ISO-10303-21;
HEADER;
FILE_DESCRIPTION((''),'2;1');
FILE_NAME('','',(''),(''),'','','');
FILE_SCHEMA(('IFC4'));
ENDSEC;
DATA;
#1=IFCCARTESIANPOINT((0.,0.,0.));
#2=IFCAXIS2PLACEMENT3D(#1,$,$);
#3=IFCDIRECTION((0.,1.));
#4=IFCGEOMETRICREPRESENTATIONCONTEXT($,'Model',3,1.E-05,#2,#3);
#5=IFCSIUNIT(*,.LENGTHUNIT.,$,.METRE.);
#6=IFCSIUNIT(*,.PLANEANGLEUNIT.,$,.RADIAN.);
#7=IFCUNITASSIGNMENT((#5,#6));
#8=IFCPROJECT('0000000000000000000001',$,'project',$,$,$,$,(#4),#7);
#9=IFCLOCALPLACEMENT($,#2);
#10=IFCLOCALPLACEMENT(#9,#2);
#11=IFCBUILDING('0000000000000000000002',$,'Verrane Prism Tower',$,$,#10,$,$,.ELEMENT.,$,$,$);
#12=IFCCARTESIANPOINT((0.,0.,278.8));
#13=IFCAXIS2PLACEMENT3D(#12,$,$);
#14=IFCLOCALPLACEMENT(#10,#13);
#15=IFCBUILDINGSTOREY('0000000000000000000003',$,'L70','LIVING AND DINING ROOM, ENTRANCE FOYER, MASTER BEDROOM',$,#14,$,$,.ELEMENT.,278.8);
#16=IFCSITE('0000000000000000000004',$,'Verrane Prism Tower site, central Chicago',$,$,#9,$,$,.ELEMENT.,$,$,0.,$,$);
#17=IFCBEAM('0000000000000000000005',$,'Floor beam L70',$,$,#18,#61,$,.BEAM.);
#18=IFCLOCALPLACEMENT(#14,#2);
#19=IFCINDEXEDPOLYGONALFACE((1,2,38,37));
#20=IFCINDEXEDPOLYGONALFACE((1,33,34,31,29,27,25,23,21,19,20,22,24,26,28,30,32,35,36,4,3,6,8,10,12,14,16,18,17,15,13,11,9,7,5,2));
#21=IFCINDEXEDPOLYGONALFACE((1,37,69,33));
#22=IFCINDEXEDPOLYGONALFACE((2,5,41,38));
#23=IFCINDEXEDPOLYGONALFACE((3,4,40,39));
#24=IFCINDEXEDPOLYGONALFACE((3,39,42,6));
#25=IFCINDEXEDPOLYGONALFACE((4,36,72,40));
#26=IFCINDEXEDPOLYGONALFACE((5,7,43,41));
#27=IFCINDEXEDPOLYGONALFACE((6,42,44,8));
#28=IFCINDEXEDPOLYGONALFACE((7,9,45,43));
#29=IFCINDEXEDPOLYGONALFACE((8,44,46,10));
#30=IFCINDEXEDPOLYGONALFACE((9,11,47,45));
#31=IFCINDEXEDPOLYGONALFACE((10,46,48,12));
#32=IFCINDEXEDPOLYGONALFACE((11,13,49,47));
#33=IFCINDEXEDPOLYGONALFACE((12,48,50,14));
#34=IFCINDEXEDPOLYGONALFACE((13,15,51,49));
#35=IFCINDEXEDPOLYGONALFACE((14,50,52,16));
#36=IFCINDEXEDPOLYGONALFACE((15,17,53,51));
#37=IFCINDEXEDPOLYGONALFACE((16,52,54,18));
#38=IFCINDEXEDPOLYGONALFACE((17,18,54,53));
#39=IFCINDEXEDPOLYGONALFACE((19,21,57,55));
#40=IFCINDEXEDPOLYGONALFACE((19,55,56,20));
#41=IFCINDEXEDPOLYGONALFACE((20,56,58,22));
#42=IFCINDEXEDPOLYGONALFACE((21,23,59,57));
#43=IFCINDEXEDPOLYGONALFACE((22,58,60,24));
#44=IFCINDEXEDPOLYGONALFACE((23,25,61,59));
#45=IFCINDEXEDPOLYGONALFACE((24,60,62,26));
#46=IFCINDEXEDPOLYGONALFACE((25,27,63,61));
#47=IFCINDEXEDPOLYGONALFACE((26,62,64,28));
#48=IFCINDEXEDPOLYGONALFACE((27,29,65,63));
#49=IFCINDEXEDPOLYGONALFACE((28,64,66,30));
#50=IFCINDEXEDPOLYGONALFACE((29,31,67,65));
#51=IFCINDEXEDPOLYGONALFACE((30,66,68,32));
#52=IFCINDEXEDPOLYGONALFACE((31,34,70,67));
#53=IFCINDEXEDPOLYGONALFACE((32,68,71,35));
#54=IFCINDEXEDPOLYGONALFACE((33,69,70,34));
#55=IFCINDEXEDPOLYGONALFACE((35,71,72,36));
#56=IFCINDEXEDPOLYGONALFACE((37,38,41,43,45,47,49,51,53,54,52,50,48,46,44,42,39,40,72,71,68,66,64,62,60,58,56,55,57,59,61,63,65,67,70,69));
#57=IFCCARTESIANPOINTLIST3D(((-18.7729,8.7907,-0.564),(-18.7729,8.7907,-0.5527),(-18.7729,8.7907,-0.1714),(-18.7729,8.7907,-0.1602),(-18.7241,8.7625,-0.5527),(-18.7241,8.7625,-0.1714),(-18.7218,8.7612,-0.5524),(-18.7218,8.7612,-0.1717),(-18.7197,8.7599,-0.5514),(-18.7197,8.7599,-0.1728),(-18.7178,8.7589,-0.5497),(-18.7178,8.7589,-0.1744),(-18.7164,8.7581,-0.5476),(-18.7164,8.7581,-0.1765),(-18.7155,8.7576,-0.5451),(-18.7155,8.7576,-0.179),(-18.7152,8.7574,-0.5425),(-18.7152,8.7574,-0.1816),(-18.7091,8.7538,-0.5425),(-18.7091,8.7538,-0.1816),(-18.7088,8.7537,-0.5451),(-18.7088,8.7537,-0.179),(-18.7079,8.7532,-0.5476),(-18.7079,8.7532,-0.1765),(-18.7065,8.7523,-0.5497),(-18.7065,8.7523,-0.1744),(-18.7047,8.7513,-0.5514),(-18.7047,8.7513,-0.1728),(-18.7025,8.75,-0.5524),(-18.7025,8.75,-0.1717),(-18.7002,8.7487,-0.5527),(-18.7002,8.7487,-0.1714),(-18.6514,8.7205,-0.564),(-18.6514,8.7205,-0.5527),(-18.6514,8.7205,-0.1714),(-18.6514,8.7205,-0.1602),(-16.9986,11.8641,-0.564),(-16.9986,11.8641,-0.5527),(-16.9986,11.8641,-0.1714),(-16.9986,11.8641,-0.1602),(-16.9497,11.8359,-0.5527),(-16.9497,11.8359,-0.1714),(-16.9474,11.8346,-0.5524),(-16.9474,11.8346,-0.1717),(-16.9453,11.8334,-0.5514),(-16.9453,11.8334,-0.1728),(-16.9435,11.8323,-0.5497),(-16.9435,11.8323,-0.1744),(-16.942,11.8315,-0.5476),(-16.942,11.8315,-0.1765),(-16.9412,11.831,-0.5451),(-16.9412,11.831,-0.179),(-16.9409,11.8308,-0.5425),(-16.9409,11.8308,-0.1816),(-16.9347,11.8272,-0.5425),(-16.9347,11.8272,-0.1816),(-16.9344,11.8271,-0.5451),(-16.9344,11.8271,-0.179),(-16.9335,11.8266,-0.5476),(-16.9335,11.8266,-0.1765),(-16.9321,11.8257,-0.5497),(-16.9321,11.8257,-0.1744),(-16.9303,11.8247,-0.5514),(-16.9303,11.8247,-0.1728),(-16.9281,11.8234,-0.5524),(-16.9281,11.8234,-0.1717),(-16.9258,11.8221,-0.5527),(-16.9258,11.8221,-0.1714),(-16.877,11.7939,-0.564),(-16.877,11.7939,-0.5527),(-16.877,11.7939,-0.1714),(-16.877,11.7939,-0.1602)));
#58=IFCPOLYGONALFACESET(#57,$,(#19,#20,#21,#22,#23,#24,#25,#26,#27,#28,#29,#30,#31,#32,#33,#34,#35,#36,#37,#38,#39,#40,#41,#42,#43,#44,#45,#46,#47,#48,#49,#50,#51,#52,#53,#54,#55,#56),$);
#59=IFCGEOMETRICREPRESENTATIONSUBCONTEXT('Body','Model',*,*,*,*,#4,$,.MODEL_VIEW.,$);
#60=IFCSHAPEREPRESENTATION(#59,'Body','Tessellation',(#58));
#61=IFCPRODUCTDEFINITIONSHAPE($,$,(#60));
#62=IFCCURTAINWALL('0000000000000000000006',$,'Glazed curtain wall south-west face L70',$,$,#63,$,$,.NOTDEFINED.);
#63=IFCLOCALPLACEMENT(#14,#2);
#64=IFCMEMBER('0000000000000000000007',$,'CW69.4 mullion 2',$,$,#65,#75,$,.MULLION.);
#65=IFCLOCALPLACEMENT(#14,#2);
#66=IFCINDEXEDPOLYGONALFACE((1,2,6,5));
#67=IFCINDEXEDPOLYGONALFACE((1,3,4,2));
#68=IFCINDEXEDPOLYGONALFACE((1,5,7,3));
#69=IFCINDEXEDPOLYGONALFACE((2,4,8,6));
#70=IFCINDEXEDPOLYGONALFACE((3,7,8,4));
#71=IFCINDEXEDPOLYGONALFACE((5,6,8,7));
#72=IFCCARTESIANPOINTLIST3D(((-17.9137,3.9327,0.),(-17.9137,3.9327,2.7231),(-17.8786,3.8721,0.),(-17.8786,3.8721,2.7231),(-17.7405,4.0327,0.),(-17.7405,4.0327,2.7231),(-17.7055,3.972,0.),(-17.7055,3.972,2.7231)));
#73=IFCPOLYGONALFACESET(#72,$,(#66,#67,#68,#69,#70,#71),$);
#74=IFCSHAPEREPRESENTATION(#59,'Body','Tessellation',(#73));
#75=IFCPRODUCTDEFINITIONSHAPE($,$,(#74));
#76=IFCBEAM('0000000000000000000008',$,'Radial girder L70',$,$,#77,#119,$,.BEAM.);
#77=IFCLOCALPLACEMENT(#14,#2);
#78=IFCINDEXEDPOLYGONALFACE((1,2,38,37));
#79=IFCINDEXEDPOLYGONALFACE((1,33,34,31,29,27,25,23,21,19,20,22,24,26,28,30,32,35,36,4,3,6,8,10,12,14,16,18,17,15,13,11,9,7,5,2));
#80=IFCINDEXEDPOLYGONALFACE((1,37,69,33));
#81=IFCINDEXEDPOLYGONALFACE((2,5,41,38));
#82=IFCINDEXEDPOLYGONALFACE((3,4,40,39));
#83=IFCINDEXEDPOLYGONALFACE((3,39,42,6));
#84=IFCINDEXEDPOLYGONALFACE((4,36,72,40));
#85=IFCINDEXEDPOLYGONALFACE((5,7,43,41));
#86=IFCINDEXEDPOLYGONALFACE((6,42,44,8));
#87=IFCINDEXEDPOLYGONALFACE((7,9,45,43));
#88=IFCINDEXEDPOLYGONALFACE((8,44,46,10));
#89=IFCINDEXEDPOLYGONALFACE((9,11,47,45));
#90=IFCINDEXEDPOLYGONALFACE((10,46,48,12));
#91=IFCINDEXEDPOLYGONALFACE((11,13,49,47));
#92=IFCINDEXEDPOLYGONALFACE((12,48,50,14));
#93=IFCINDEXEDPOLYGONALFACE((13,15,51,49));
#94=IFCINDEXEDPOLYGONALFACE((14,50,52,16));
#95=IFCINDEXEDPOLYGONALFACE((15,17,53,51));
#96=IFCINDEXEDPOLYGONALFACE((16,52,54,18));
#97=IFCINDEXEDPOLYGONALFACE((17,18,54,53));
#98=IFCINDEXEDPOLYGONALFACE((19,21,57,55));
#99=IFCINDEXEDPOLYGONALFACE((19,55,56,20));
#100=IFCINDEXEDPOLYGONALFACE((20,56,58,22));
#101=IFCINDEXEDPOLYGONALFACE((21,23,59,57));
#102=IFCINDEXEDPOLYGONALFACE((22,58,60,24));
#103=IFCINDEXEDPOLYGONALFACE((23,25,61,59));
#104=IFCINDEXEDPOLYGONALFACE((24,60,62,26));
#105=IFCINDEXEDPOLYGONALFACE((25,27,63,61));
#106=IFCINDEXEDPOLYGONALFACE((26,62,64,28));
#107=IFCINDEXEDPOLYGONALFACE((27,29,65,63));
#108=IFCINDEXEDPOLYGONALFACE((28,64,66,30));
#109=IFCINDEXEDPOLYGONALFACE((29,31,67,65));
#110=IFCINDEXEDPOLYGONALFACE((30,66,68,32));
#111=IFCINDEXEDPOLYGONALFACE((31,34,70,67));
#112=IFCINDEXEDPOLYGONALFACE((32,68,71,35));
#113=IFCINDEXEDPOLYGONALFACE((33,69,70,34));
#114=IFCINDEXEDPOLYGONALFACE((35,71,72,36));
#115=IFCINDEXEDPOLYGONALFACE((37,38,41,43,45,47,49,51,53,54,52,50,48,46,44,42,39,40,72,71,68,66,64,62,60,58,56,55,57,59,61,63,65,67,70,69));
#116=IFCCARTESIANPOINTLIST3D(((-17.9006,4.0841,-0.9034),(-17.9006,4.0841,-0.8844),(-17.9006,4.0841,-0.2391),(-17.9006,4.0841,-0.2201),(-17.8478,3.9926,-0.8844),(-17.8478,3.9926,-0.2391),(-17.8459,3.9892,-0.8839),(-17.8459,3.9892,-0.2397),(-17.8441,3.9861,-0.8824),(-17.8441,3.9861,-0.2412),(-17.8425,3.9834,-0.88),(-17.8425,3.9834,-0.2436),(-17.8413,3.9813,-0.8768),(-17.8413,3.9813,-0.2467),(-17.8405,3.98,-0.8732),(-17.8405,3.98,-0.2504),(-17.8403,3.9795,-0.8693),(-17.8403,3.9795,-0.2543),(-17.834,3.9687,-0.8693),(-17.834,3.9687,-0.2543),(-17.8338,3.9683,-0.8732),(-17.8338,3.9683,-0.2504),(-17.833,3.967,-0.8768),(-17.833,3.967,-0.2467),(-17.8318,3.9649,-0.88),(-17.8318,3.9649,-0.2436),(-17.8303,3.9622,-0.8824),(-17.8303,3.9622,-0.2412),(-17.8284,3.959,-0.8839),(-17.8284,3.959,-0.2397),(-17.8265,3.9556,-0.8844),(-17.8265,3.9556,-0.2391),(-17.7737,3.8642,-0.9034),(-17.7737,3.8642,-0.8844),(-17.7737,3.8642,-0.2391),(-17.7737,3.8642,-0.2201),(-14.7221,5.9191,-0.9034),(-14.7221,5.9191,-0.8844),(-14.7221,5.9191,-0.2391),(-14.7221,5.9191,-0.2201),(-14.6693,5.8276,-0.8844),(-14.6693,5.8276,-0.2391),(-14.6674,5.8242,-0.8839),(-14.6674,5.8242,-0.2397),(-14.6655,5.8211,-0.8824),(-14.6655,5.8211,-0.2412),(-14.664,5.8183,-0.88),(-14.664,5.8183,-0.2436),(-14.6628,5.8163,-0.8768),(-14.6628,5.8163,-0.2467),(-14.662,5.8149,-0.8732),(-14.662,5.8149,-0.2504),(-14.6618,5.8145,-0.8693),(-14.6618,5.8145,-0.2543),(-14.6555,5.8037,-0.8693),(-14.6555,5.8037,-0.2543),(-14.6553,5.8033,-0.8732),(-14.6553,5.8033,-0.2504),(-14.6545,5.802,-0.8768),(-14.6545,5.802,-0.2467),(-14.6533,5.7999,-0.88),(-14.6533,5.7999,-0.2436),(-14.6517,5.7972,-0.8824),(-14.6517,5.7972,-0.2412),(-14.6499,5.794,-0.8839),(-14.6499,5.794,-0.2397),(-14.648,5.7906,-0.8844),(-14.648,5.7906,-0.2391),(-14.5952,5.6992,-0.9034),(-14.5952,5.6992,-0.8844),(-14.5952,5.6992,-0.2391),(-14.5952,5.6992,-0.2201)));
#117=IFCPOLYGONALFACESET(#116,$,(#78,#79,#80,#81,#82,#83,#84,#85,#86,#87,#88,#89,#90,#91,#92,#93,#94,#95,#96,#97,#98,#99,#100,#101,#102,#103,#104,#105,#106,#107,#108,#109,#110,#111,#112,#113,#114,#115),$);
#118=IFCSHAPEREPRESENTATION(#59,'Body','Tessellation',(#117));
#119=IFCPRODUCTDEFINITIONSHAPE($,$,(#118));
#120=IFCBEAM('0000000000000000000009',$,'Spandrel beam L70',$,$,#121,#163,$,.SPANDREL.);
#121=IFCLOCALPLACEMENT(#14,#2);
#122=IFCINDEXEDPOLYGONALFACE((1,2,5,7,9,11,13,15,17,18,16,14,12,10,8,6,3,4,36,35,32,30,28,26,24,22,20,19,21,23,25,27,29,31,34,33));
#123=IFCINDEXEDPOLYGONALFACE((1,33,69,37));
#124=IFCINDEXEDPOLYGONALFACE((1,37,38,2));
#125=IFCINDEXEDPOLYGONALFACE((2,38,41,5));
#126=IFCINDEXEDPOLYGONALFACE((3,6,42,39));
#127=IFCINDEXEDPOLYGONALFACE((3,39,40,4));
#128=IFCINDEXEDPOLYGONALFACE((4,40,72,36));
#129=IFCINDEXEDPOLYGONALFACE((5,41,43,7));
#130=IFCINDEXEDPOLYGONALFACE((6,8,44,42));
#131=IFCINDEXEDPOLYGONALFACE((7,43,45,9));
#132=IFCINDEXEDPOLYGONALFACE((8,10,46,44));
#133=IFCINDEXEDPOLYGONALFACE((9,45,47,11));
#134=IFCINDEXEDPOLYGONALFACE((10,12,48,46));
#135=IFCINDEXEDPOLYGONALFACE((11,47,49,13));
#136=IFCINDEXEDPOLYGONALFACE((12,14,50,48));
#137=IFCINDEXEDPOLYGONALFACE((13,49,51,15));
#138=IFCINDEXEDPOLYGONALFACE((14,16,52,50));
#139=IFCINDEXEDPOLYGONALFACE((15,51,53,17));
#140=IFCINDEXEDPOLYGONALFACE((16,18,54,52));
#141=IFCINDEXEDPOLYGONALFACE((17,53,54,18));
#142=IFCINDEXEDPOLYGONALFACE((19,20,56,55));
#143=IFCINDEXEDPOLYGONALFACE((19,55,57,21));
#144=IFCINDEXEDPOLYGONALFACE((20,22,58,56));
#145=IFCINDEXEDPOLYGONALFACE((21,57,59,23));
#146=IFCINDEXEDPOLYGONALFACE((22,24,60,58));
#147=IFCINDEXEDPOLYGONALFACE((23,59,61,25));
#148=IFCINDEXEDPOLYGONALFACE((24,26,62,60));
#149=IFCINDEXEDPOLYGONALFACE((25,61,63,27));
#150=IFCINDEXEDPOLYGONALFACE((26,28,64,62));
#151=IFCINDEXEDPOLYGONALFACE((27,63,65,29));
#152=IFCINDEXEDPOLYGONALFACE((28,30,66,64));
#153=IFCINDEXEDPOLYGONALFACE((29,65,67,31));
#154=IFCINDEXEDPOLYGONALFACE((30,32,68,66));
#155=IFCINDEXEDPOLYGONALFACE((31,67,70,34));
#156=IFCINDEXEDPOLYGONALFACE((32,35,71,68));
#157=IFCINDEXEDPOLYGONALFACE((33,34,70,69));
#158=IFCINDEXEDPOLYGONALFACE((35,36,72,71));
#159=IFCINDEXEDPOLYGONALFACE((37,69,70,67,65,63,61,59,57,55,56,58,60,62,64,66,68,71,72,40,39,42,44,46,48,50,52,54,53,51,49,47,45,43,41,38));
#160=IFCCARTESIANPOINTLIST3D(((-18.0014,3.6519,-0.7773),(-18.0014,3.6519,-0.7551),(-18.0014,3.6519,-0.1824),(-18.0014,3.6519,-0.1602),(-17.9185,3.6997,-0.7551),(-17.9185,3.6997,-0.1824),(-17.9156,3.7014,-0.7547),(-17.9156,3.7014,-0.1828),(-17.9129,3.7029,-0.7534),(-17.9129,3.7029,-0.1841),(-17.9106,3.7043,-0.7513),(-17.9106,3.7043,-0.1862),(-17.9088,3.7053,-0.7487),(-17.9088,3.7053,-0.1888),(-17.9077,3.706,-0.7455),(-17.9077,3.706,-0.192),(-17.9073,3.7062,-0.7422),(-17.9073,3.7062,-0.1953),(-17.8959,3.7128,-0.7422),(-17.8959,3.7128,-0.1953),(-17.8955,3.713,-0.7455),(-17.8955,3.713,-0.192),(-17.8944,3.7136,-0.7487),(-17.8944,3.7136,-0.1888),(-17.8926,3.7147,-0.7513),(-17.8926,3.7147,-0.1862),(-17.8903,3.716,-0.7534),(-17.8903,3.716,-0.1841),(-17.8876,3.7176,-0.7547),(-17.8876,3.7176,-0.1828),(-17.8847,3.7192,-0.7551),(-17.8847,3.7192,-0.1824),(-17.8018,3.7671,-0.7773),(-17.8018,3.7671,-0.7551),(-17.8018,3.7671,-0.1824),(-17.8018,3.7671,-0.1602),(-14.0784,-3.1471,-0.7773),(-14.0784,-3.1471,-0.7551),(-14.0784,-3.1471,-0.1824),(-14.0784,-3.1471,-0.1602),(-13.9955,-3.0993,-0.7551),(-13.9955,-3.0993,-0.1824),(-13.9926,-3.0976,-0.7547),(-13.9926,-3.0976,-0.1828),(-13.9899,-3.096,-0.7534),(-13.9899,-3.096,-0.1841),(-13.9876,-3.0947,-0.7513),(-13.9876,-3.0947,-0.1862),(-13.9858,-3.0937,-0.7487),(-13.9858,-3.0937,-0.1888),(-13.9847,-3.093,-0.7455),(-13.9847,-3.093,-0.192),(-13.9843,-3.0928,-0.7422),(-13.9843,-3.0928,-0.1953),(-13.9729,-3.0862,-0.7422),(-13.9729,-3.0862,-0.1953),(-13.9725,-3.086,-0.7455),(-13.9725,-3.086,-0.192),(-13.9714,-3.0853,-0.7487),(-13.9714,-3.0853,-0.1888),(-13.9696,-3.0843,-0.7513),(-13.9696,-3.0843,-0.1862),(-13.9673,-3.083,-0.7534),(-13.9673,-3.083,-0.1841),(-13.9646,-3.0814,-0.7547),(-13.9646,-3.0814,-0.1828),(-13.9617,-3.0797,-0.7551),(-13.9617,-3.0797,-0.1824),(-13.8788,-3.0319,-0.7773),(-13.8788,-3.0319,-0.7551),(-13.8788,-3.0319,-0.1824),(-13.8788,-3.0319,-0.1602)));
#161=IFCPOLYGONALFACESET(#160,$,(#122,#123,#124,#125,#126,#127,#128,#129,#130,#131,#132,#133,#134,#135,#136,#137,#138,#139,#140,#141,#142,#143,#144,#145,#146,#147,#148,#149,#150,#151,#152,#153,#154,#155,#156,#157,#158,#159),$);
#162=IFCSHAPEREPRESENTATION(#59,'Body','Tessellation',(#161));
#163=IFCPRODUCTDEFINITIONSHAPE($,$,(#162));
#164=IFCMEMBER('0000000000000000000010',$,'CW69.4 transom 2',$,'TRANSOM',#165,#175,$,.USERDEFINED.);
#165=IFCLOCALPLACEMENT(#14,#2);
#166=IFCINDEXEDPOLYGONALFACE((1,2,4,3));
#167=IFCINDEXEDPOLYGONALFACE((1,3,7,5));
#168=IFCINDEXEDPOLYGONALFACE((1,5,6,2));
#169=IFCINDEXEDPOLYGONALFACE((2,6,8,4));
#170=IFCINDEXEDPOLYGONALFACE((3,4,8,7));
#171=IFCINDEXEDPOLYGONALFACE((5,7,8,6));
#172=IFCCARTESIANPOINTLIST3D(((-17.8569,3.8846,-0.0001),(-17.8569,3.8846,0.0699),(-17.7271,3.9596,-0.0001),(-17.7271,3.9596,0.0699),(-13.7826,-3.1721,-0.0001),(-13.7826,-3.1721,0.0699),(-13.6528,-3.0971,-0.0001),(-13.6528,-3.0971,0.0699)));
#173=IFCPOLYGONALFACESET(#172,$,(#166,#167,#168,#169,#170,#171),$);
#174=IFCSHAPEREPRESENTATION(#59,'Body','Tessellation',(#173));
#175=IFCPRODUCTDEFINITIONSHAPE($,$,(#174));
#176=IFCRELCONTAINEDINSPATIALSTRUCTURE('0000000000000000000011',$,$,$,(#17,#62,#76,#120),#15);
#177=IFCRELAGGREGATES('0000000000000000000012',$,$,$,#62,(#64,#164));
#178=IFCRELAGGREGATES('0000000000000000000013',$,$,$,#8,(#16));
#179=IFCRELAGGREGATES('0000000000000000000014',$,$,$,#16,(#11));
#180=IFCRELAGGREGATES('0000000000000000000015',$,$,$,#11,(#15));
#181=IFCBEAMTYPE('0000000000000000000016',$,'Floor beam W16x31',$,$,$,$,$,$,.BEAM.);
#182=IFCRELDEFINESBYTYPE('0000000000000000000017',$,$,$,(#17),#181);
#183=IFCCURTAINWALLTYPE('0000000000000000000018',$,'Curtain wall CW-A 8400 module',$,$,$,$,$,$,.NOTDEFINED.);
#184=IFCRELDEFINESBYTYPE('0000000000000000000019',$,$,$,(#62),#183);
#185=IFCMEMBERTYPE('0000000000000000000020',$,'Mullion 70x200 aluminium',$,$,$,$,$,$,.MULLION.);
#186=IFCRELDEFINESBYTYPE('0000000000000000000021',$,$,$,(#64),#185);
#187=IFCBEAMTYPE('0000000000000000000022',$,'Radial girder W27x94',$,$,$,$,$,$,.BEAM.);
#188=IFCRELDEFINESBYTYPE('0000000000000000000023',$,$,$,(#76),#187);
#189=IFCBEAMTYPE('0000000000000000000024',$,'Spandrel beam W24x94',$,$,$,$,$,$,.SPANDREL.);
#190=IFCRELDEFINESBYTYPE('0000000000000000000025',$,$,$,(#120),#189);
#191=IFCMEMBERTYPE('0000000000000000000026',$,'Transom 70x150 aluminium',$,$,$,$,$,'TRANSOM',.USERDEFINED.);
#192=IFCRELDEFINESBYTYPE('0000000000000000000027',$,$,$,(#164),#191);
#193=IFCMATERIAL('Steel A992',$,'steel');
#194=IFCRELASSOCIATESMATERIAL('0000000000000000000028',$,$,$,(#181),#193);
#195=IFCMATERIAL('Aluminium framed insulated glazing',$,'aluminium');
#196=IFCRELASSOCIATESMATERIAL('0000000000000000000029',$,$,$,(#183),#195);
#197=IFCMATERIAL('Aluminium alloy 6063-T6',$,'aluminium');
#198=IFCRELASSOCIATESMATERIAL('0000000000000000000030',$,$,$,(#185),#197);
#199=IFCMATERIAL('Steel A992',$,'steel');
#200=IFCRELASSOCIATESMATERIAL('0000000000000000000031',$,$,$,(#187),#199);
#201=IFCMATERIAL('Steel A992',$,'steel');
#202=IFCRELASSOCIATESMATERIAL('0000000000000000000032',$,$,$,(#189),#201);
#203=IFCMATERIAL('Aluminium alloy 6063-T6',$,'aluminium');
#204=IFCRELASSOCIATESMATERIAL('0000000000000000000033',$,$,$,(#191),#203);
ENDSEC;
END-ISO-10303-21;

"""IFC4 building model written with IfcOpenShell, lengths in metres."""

from ifc_helpers import new_model, si_unit, direction, frame, origin, origin_2d, place, context, subcontext, project, spatial, rectangle, i_section, extrude, material, material_profile, profile_set, type_object, element, aggregate, save


model = new_model("IFC4")

# Units and contexts
model_context = context("Model", 3, precision=1e-05, world=origin(), true_north=direction((0.0, 1.0)))
body_context = subcontext(model_context, "Body", "Model", "MODEL_VIEW")
ifc_project = project(units=[si_unit("LENGTHUNIT", "METRE"), si_unit("PLANEANGLEUNIT", "RADIAN")], contexts=[model_context])

# Site, building, storey
site_placement = place(None, origin())
site = spatial("IfcSite", under=ifc_project, at=site_placement, Name="Verrane Prism Tower site, central Chicago", CompositionType="ELEMENT", RefElevation=0.0)
building_placement = place(site_placement, origin())
building = spatial("IfcBuilding", under=site, at=building_placement, Name="Verrane Prism Tower", CompositionType="ELEMENT")
storey_placement = place(building_placement, frame((0.0, 0.0, 278.8)))
storey = spatial("IfcBuildingStorey", under=building, at=storey_placement, Name="L70", Description="LIVING AND DINING ROOM, ENTRANCE FOYER, MASTER BEDROOM", CompositionType="ELEMENT", Elevation=278.8)

# Beam
ifc_material_1 = material(Name="Steel A992", Category="steel")
ifc_material_profile_1 = material_profile(ifc_material_1, i_section(OverallWidth=0.1404, OverallDepth=0.4038, WebThickness=0.0071, FlangeThickness=0.0112, FilletRadius=0.0103, at=origin_2d()), Name="W16x31")
ifc_profile_set_1 = profile_set([ifc_material_profile_1], Name="Steel A992")
beam_type_1 = type_object("IfcBeamType", Name="Floor beam W16x31", PredefinedType="BEAM", material=ifc_profile_set_1)
beam_1_placement = place(storey_placement, frame((-18.7122, 8.7556, -0.3621), z_axis=(0.499986, 0.866033, 0.0), x_axis=(-0.866033, 0.499986, 0.0)))
element("IfcBeam", 1, at=beam_1_placement, inside=storey, type_object=beam_type_1, Name="Floor beam L70", PredefinedType="BEAM", context=body_context, shape_type="SweptSolid", body=[
    extrude(i_section(OverallWidth=0.1404, OverallDepth=0.4038, WebThickness=0.0071, FlangeThickness=0.0112, FilletRadius=0.0103, at=origin_2d()), origin(), (0.0, 0.0, 1.0), 3.5488),
])

# Curtain wall, member
ifc_material_2 = material(Name="Aluminium framed insulated glazing", Category="aluminium")
curtain_wall_type = type_object("IfcCurtainWallType", Name="Curtain wall CW-A 8400 module", PredefinedType="NOTDEFINED", material=ifc_material_2)
curtain_wall_placement = place(storey_placement, origin())
curtain_wall = element("IfcCurtainWall", 2, at=curtain_wall_placement, inside=storey, type_object=curtain_wall_type, Name="Glazed curtain wall south-west face L70", PredefinedType="NOTDEFINED")
ifc_material_3 = material(Name="Aluminium alloy 6063-T6", Category="aluminium")
ifc_material_profile_2 = material_profile(ifc_material_3, rectangle(XDim=0.2, YDim=0.0701, at=origin_2d()), Name="Mullion 70x200 aluminium")
ifc_profile_set_2 = profile_set([ifc_material_profile_2], Name="Aluminium alloy 6063-T6")
member_type_1 = type_object("IfcMemberType", Name="Mullion 70x200 aluminium", PredefinedType="MULLION", material=ifc_profile_set_2)
member_1_placement = place(storey_placement, frame((-17.8096, 3.9524, 0.0), z_axis=(0.0, 0.0, 1.0), x_axis=(0.866025, 0.500001, 0.0)))
member_1 = element("IfcMember", 3, at=member_1_placement, type_object=member_type_1, Name="CW69.4 mullion 2", PredefinedType="MULLION", context=body_context, shape_type="SweptSolid", body=[
    extrude(rectangle(XDim=0.2, YDim=0.0701, at=origin_2d()), origin(), (0.0, 0.0, 1.0), 2.7231),
])

# Beams
ifc_material_4 = material(Name="Steel A992", Category="steel")
ifc_material_profile_3 = material_profile(ifc_material_4, i_section(OverallWidth=0.2539, OverallDepth=0.6833, WebThickness=0.0125, FlangeThickness=0.019, FilletRadius=0.0151, at=origin_2d()), Name="W27x94")
ifc_profile_set_3 = profile_set([ifc_material_profile_3], Name="Steel A992")
beam_type_2 = type_object("IfcBeamType", Name="Radial girder W27x94", PredefinedType="BEAM", material=ifc_profile_set_3)
beam_2_placement = place(storey_placement, frame((-17.8372, 3.9741, -0.5618), z_axis=(0.86604, 0.499974, 0.0), x_axis=(-0.499974, 0.86604, 0.0)))
element("IfcBeam", 4, at=beam_2_placement, inside=storey, type_object=beam_type_2, Name="Radial girder L70", PredefinedType="BEAM", context=body_context, shape_type="SweptSolid", body=[
    extrude(i_section(OverallWidth=0.2539, OverallDepth=0.6833, WebThickness=0.0125, FlangeThickness=0.019, FilletRadius=0.0151, at=origin_2d()), origin(), (0.0, 0.0, 1.0), 3.6702),
])
ifc_material_5 = material(Name="Steel A992", Category="steel")
ifc_material_profile_4 = material_profile(ifc_material_5, i_section(OverallWidth=0.2305, OverallDepth=0.6172, WebThickness=0.0132, FlangeThickness=0.0222, FilletRadius=0.0129, at=origin_2d()), Name="W24x94")
ifc_profile_set_4 = profile_set([ifc_material_profile_4], Name="Steel A992")
beam_type_3 = type_object("IfcBeamType", Name="Spandrel beam W24x94", PredefinedType="SPANDREL", material=ifc_profile_set_4)
beam_3_placement = place(storey_placement, frame((-17.9016, 3.7095, -0.4688), z_axis=(0.499775, -0.866155, 0.0), x_axis=(0.866155, 0.499775, 0.0)))
element("IfcBeam", 5, at=beam_3_placement, inside=storey, type_object=beam_type_3, Name="Spandrel beam L70", PredefinedType="SPANDREL", context=body_context, shape_type="SweptSolid", body=[
    extrude(i_section(OverallWidth=0.2305, OverallDepth=0.6172, WebThickness=0.0132, FlangeThickness=0.0222, FilletRadius=0.0129, at=origin_2d()), origin(), (0.0, 0.0, 1.0), 7.8496),
])

# Member
ifc_material_6 = material(Name="Aluminium alloy 6063-T6", Category="aluminium")
ifc_material_profile_5 = material_profile(ifc_material_6, rectangle(XDim=0.1499, YDim=0.0701, at=origin_2d()), Name="Transom 70x150 aluminium")
ifc_profile_set_5 = profile_set([ifc_material_profile_5], Name="Aluminium alloy 6063-T6")
member_type_2 = type_object("IfcMemberType", Name="Transom 70x150 aluminium", ElementType="TRANSOM", PredefinedType="USERDEFINED", material=ifc_profile_set_5)
member_2_placement = place(storey_placement, frame((-17.792, 3.9221, 0.0349), z_axis=(0.500006, -0.866022, 0.0), x_axis=(0.866022, 0.500006, 0.0)))
member_2 = element("IfcMember", 6, at=member_2_placement, type_object=member_type_2, Name="CW69.4 transom 2", ObjectType="TRANSOM", PredefinedType="USERDEFINED", context=body_context, shape_type="SweptSolid", body=[
    extrude(rectangle(XDim=0.1499, YDim=0.0701, at=origin_2d()), origin(), (0.0, 0.0, 1.0), 8.1484),
])

aggregate(curtain_wall, [member_1, member_2])

save(model, "model.ifc")
